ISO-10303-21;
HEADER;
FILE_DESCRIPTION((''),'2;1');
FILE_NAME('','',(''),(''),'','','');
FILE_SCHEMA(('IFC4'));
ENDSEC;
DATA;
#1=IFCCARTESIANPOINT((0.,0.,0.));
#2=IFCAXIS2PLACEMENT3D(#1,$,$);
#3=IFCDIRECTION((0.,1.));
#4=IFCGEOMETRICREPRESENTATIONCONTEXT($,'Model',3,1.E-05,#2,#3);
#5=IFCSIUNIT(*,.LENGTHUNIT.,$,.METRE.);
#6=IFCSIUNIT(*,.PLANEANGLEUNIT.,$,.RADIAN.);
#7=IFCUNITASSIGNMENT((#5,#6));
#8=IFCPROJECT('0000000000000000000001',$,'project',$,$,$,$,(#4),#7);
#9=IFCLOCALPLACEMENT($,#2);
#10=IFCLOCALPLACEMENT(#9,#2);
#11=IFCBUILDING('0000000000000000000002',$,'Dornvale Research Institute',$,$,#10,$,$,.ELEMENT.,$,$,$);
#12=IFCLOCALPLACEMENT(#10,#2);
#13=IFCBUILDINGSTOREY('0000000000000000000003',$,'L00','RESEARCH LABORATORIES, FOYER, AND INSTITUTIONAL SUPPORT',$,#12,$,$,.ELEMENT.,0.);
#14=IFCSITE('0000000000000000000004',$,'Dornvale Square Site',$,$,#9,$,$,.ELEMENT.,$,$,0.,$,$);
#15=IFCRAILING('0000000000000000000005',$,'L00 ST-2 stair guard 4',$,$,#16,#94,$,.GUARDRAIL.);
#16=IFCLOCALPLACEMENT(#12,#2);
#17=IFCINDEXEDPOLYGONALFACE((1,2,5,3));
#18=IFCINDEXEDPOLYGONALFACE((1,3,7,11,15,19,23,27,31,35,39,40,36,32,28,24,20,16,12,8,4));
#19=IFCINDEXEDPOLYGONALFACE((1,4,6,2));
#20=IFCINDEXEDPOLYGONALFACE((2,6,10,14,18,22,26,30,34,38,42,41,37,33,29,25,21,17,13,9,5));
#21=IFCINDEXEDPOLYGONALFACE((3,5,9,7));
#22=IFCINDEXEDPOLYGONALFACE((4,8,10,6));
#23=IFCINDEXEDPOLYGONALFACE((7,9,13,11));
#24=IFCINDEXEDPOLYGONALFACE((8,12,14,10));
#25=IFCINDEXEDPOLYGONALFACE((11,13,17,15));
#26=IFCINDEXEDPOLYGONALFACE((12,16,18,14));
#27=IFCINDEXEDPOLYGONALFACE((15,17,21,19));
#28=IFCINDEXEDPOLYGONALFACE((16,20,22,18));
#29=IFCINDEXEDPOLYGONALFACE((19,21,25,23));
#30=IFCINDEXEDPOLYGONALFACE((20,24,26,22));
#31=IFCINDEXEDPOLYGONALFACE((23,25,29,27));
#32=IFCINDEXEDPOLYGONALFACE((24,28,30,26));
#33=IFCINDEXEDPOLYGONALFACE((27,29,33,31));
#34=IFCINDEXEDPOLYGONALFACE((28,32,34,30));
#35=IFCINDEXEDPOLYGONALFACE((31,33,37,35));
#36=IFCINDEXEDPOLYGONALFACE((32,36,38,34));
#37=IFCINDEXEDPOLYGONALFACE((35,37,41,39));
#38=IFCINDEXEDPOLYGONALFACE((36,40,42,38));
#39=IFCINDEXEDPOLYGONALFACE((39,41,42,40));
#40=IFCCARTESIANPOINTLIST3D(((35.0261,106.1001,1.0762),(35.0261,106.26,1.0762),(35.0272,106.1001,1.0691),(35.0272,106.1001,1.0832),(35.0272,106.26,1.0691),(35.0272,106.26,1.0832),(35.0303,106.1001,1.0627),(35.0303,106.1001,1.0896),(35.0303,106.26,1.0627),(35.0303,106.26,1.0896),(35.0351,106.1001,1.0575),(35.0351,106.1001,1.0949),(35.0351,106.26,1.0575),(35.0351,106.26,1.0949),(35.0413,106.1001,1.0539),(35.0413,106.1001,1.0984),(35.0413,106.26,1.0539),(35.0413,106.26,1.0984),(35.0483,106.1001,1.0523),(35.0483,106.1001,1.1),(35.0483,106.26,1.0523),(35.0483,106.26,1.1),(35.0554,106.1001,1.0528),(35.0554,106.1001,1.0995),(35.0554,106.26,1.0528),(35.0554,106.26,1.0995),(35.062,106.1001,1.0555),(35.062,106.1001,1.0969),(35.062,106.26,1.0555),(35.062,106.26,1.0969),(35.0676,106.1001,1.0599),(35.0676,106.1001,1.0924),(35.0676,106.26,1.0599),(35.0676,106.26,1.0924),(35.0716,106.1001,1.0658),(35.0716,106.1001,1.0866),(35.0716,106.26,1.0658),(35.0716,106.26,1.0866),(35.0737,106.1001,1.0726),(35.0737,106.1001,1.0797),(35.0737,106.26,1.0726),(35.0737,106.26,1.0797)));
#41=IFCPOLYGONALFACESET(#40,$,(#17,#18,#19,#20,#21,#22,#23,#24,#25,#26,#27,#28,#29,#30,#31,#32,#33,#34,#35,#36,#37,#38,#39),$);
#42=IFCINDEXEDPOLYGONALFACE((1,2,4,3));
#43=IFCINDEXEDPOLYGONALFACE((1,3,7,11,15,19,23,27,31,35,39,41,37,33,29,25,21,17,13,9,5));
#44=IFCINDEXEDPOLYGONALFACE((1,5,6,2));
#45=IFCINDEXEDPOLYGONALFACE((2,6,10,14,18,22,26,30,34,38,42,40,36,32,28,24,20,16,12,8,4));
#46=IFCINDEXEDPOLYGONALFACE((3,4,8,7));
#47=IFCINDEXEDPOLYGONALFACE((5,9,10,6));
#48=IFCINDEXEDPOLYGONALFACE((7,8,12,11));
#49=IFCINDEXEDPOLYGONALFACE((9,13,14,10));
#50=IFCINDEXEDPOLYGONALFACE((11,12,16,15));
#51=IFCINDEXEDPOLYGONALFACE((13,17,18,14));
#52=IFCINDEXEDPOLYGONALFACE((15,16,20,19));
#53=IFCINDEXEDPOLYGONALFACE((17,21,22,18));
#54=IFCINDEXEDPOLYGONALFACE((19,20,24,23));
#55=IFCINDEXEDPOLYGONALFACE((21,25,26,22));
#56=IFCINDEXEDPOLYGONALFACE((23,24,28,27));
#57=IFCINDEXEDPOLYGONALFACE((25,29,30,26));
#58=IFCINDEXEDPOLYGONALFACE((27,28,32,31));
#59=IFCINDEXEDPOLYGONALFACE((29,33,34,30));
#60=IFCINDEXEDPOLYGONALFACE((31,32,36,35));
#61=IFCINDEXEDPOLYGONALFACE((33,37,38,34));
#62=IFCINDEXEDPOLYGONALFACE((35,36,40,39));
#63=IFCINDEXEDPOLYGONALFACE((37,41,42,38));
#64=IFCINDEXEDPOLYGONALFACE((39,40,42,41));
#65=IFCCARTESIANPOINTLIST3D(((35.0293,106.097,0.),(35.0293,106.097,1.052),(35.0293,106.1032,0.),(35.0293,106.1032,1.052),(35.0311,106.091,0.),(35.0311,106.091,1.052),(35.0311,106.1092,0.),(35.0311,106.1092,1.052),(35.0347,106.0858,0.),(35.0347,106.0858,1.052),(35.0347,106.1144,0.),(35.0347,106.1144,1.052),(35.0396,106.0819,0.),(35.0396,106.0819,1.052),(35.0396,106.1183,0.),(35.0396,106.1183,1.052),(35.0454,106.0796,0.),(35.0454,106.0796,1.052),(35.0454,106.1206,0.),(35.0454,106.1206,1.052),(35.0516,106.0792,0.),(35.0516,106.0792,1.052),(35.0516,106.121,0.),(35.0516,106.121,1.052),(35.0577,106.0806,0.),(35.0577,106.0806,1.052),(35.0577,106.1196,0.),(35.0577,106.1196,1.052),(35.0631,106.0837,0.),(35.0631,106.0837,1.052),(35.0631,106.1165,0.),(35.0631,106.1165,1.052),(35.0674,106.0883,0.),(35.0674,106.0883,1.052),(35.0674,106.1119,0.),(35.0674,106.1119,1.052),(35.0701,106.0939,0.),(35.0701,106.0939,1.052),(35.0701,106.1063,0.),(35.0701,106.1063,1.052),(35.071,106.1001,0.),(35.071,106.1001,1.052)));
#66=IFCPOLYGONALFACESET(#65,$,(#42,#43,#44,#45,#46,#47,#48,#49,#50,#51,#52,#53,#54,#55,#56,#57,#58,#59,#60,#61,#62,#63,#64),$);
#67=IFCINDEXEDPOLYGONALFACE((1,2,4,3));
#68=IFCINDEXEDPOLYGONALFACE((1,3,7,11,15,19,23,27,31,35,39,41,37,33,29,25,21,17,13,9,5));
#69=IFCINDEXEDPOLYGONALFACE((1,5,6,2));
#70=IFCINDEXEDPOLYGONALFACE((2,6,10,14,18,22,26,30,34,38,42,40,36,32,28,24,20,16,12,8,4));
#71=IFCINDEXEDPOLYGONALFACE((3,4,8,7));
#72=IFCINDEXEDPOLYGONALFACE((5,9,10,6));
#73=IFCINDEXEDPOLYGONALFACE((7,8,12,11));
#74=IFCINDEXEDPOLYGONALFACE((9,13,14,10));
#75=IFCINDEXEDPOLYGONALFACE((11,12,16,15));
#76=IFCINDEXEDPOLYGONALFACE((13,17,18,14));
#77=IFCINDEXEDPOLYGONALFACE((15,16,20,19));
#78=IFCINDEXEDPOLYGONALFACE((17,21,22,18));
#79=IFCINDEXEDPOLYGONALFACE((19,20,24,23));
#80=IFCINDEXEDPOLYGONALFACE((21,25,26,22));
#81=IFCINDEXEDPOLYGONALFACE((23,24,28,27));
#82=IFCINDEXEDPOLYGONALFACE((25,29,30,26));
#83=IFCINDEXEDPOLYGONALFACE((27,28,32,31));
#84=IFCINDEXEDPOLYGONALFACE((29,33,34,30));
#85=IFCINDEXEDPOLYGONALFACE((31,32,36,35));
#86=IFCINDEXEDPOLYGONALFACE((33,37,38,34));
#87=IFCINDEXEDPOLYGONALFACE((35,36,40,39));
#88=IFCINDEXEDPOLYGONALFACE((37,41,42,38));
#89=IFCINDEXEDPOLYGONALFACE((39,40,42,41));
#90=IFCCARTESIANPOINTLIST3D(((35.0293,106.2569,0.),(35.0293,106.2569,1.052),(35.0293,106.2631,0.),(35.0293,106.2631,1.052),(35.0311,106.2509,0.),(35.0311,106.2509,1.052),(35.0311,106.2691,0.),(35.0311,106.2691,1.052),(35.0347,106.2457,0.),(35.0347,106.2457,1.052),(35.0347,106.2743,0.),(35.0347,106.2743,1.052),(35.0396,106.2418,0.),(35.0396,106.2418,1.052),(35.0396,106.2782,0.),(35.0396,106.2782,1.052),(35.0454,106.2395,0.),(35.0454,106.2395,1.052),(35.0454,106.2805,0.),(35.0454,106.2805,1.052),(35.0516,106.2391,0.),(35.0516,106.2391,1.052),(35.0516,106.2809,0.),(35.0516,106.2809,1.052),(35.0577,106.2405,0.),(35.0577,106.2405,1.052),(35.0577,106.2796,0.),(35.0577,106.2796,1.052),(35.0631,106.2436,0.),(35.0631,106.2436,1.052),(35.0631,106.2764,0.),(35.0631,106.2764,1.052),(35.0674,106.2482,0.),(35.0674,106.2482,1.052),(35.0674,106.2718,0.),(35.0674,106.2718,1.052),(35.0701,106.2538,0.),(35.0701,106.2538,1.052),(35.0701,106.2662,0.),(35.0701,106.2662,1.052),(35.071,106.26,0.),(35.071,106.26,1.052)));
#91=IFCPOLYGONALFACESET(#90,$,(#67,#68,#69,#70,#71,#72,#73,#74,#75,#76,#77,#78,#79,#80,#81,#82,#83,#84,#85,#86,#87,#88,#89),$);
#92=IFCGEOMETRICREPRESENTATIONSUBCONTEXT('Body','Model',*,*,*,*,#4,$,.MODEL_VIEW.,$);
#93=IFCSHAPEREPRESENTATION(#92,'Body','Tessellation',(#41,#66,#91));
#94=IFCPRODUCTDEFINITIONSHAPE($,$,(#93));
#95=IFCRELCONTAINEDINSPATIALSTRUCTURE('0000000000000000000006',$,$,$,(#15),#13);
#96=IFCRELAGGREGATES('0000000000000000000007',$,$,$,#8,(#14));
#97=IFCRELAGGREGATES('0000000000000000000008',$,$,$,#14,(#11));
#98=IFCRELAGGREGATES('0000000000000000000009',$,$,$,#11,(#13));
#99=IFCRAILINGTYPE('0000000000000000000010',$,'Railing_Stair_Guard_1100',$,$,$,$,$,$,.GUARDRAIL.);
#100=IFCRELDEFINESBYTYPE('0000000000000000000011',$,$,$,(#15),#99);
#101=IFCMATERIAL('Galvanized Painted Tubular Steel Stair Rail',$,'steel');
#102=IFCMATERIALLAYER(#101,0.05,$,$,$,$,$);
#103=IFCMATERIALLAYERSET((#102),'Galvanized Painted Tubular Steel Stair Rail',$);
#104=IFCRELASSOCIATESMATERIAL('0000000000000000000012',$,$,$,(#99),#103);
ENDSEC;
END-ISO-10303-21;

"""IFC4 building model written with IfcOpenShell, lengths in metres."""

from ifc_helpers import new_model, si_unit, direction, frame, origin, origin_2d, place, context, subcontext, project, spatial, circle, extrude, material, layer, layer_set, type_object, element, save


model = new_model("IFC4")

# Units and contexts
model_context = context("Model", 3, precision=1e-05, world=origin(), true_north=direction((0.0, 1.0)))
body_context = subcontext(model_context, "Body", "Model", "MODEL_VIEW")
ifc_project = project(units=[si_unit("LENGTHUNIT", "METRE"), si_unit("PLANEANGLEUNIT", "RADIAN")], contexts=[model_context])

# Site, building, storey
site_placement = place(None, origin())
site = spatial("IfcSite", under=ifc_project, at=site_placement, Name="Dornvale Square Site", CompositionType="ELEMENT", RefElevation=0.0)
building_placement = place(site_placement, origin())
building = spatial("IfcBuilding", under=site, at=building_placement, Name="Dornvale Research Institute", CompositionType="ELEMENT")
storey_placement = place(building_placement, origin())
storey = spatial("IfcBuildingStorey", under=building, at=storey_placement, Name="L00", Description="RESEARCH LABORATORIES, FOYER, AND INSTITUTIONAL SUPPORT", CompositionType="ELEMENT", Elevation=0.0)

# Railing
ifc_material_1 = material(Name="Galvanized Painted Tubular Steel Stair Rail", Category="steel")
ifc_layer_1 = layer(ifc_material_1, 0.05)
ifc_layer_set_1 = layer_set([ifc_layer_1], Name="Galvanized Painted Tubular Steel Stair Rail")
railing_type = type_object("IfcRailingType", Name="Railing_Stair_Guard_1100", PredefinedType="GUARDRAIL", material=ifc_layer_set_1)
railing_1_placement = place(storey_placement, frame((35.05, 106.1001, 0.0)))
element("IfcRailing", 1, at=railing_1_placement, inside=storey, type_object=railing_type, Name="L00 ST-2 stair guard 4", PredefinedType="GUARDRAIL", context=body_context, shape_type="SweptSolid", body=[
    extrude(circle(Radius=0.0239, at=origin_2d()), frame((0.0, 0.0, 1.0762), z_axis=(0.0, 1.0, 0.0), x_axis=(-1.0, 0.0, 0.0)), (0.0, 0.0, 1.0), 0.1599),
    extrude(circle(Radius=0.021, at=origin_2d()), origin(), (0.0, 0.0, 1.0), 1.052),
    extrude(circle(Radius=0.021, at=origin_2d()), frame((0.0, 0.1599, 0.0)), (0.0, 0.0, 1.0), 1.052),
])

save(model, "model.ifc")
